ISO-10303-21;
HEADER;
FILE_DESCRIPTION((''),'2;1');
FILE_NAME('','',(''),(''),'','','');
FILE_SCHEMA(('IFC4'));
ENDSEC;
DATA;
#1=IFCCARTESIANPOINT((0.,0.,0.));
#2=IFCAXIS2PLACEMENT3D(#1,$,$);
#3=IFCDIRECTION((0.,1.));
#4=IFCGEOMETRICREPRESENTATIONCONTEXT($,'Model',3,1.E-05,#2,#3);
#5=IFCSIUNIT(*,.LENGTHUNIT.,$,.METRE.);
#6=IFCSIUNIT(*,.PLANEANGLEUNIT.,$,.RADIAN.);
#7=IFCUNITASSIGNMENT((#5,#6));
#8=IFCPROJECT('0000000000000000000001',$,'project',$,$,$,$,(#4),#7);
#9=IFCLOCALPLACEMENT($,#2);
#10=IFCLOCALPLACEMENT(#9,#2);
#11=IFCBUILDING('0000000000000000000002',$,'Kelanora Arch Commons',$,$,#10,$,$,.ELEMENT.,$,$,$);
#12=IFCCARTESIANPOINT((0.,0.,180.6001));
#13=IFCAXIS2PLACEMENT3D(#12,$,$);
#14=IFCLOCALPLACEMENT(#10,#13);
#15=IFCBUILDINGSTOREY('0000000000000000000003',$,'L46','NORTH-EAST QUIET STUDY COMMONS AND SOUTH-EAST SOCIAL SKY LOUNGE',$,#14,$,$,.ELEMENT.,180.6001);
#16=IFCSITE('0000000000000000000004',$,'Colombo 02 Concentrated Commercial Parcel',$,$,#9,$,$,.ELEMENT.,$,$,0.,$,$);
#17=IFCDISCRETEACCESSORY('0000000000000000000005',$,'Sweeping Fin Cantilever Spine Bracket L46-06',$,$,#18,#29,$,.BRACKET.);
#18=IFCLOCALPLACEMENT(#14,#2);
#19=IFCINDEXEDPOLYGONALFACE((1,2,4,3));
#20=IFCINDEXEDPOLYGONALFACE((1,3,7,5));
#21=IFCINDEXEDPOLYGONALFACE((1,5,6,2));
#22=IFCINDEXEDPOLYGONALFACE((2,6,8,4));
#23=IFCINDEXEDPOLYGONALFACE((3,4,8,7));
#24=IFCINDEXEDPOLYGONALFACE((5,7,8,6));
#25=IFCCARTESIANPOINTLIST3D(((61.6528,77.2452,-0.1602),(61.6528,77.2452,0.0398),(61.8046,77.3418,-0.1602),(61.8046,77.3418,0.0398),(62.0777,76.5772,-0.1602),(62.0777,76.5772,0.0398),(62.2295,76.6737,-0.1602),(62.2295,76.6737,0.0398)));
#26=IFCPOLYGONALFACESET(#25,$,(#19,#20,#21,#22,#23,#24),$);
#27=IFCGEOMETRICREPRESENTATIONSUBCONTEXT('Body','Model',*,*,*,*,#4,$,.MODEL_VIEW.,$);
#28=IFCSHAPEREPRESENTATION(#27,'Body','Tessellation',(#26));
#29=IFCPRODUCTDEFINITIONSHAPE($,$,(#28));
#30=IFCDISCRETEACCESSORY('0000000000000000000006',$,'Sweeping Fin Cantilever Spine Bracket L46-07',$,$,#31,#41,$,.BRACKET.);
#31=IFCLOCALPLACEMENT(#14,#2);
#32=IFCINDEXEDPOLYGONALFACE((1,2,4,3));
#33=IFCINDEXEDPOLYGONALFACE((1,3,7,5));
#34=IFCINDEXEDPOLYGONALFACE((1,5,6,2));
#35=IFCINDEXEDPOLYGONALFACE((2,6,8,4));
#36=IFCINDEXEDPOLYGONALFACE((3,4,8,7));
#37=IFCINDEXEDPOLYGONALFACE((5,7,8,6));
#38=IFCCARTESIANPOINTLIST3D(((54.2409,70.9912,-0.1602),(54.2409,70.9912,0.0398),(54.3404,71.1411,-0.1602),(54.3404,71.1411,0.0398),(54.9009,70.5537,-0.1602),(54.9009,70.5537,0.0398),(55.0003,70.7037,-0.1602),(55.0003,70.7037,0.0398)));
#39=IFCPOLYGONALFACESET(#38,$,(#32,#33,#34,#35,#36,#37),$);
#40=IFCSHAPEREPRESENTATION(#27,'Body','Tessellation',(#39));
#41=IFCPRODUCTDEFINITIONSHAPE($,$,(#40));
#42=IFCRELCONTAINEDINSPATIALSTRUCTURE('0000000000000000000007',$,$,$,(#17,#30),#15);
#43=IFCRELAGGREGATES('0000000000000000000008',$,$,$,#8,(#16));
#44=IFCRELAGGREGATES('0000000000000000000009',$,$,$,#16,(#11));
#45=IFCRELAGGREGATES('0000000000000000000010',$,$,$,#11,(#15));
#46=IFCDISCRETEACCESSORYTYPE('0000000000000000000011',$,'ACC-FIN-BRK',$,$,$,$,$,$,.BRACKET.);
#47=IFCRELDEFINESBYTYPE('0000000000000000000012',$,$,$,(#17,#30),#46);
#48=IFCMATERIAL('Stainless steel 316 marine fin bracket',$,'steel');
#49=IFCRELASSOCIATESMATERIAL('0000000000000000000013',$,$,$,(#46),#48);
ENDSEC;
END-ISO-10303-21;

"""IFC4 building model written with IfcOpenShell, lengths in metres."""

from ifc_helpers import new_model, si_unit, direction, frame, origin, origin_2d, place, context, subcontext, project, spatial, rectangle, extrude, source, transform, mapped, material, type_object, element, save


model = new_model("IFC4")

# Units and contexts
model_context = context("Model", 3, precision=1e-05, world=origin(), true_north=direction((0.0, 1.0)))
body_context = subcontext(model_context, "Body", "Model", "MODEL_VIEW")
ifc_project = project(units=[si_unit("LENGTHUNIT", "METRE"), si_unit("PLANEANGLEUNIT", "RADIAN")], contexts=[model_context])

# Site, building, storey
site_placement = place(None, origin())
site = spatial("IfcSite", under=ifc_project, at=site_placement, Name="Colombo 02 Concentrated Commercial Parcel", CompositionType="ELEMENT", RefElevation=0.0)
building_placement = place(site_placement, origin())
building = spatial("IfcBuilding", under=site, at=building_placement, Name="Kelanora Arch Commons", CompositionType="ELEMENT")
storey_placement = place(building_placement, frame((0.0, 0.0, 180.6001)))
storey = spatial("IfcBuildingStorey", under=building, at=storey_placement, Name="L46", Description="NORTH-EAST QUIET STUDY COMMONS AND SOUTH-EAST SOCIAL SKY LOUNGE", CompositionType="ELEMENT", Elevation=180.6001)

# Discrete accessories
ifc_material_1 = material(Name="Stainless steel 316 marine fin bracket", Category="steel")
discrete_accessory_type = type_object("IfcDiscreteAccessoryType", Name="ACC-FIN-BRK", PredefinedType="BRACKET", material=ifc_material_1)
shared_shape_1 = source(origin(), body_context, "Body", "SweptSolid", [
    extrude(rectangle(XDim=0.7917, YDim=0.1799, at=origin_2d()), origin(), (0.0, 0.0, 1.0), 0.2),
])
for number, where, z_axis, x_axis, name in (
    (1, (61.9412, 76.9595, -0.1602), (0.0, 0.0, 1.0), (-0.536711, 0.843766, 0.0), "Sweeping Fin Cantilever Spine Bracket L46-06"),
    (2, (54.6206, 70.8474, -0.1602), (0.0, 0.0, 1.0), (-0.8335, 0.552519, 0.0), "Sweeping Fin Cantilever Spine Bracket L46-07"),
):
    element("IfcDiscreteAccessory", number, at=place(storey_placement, frame(where, z_axis=z_axis, x_axis=x_axis)), inside=storey, type_object=discrete_accessory_type, Name=name, PredefinedType="BRACKET", context=body_context, shape_type="MappedRepresentation", body=[
        mapped(shared_shape_1, transform((0.0, 0.0, 0.0), scale=1.0)),
    ])

save(model, "model.ifc")
